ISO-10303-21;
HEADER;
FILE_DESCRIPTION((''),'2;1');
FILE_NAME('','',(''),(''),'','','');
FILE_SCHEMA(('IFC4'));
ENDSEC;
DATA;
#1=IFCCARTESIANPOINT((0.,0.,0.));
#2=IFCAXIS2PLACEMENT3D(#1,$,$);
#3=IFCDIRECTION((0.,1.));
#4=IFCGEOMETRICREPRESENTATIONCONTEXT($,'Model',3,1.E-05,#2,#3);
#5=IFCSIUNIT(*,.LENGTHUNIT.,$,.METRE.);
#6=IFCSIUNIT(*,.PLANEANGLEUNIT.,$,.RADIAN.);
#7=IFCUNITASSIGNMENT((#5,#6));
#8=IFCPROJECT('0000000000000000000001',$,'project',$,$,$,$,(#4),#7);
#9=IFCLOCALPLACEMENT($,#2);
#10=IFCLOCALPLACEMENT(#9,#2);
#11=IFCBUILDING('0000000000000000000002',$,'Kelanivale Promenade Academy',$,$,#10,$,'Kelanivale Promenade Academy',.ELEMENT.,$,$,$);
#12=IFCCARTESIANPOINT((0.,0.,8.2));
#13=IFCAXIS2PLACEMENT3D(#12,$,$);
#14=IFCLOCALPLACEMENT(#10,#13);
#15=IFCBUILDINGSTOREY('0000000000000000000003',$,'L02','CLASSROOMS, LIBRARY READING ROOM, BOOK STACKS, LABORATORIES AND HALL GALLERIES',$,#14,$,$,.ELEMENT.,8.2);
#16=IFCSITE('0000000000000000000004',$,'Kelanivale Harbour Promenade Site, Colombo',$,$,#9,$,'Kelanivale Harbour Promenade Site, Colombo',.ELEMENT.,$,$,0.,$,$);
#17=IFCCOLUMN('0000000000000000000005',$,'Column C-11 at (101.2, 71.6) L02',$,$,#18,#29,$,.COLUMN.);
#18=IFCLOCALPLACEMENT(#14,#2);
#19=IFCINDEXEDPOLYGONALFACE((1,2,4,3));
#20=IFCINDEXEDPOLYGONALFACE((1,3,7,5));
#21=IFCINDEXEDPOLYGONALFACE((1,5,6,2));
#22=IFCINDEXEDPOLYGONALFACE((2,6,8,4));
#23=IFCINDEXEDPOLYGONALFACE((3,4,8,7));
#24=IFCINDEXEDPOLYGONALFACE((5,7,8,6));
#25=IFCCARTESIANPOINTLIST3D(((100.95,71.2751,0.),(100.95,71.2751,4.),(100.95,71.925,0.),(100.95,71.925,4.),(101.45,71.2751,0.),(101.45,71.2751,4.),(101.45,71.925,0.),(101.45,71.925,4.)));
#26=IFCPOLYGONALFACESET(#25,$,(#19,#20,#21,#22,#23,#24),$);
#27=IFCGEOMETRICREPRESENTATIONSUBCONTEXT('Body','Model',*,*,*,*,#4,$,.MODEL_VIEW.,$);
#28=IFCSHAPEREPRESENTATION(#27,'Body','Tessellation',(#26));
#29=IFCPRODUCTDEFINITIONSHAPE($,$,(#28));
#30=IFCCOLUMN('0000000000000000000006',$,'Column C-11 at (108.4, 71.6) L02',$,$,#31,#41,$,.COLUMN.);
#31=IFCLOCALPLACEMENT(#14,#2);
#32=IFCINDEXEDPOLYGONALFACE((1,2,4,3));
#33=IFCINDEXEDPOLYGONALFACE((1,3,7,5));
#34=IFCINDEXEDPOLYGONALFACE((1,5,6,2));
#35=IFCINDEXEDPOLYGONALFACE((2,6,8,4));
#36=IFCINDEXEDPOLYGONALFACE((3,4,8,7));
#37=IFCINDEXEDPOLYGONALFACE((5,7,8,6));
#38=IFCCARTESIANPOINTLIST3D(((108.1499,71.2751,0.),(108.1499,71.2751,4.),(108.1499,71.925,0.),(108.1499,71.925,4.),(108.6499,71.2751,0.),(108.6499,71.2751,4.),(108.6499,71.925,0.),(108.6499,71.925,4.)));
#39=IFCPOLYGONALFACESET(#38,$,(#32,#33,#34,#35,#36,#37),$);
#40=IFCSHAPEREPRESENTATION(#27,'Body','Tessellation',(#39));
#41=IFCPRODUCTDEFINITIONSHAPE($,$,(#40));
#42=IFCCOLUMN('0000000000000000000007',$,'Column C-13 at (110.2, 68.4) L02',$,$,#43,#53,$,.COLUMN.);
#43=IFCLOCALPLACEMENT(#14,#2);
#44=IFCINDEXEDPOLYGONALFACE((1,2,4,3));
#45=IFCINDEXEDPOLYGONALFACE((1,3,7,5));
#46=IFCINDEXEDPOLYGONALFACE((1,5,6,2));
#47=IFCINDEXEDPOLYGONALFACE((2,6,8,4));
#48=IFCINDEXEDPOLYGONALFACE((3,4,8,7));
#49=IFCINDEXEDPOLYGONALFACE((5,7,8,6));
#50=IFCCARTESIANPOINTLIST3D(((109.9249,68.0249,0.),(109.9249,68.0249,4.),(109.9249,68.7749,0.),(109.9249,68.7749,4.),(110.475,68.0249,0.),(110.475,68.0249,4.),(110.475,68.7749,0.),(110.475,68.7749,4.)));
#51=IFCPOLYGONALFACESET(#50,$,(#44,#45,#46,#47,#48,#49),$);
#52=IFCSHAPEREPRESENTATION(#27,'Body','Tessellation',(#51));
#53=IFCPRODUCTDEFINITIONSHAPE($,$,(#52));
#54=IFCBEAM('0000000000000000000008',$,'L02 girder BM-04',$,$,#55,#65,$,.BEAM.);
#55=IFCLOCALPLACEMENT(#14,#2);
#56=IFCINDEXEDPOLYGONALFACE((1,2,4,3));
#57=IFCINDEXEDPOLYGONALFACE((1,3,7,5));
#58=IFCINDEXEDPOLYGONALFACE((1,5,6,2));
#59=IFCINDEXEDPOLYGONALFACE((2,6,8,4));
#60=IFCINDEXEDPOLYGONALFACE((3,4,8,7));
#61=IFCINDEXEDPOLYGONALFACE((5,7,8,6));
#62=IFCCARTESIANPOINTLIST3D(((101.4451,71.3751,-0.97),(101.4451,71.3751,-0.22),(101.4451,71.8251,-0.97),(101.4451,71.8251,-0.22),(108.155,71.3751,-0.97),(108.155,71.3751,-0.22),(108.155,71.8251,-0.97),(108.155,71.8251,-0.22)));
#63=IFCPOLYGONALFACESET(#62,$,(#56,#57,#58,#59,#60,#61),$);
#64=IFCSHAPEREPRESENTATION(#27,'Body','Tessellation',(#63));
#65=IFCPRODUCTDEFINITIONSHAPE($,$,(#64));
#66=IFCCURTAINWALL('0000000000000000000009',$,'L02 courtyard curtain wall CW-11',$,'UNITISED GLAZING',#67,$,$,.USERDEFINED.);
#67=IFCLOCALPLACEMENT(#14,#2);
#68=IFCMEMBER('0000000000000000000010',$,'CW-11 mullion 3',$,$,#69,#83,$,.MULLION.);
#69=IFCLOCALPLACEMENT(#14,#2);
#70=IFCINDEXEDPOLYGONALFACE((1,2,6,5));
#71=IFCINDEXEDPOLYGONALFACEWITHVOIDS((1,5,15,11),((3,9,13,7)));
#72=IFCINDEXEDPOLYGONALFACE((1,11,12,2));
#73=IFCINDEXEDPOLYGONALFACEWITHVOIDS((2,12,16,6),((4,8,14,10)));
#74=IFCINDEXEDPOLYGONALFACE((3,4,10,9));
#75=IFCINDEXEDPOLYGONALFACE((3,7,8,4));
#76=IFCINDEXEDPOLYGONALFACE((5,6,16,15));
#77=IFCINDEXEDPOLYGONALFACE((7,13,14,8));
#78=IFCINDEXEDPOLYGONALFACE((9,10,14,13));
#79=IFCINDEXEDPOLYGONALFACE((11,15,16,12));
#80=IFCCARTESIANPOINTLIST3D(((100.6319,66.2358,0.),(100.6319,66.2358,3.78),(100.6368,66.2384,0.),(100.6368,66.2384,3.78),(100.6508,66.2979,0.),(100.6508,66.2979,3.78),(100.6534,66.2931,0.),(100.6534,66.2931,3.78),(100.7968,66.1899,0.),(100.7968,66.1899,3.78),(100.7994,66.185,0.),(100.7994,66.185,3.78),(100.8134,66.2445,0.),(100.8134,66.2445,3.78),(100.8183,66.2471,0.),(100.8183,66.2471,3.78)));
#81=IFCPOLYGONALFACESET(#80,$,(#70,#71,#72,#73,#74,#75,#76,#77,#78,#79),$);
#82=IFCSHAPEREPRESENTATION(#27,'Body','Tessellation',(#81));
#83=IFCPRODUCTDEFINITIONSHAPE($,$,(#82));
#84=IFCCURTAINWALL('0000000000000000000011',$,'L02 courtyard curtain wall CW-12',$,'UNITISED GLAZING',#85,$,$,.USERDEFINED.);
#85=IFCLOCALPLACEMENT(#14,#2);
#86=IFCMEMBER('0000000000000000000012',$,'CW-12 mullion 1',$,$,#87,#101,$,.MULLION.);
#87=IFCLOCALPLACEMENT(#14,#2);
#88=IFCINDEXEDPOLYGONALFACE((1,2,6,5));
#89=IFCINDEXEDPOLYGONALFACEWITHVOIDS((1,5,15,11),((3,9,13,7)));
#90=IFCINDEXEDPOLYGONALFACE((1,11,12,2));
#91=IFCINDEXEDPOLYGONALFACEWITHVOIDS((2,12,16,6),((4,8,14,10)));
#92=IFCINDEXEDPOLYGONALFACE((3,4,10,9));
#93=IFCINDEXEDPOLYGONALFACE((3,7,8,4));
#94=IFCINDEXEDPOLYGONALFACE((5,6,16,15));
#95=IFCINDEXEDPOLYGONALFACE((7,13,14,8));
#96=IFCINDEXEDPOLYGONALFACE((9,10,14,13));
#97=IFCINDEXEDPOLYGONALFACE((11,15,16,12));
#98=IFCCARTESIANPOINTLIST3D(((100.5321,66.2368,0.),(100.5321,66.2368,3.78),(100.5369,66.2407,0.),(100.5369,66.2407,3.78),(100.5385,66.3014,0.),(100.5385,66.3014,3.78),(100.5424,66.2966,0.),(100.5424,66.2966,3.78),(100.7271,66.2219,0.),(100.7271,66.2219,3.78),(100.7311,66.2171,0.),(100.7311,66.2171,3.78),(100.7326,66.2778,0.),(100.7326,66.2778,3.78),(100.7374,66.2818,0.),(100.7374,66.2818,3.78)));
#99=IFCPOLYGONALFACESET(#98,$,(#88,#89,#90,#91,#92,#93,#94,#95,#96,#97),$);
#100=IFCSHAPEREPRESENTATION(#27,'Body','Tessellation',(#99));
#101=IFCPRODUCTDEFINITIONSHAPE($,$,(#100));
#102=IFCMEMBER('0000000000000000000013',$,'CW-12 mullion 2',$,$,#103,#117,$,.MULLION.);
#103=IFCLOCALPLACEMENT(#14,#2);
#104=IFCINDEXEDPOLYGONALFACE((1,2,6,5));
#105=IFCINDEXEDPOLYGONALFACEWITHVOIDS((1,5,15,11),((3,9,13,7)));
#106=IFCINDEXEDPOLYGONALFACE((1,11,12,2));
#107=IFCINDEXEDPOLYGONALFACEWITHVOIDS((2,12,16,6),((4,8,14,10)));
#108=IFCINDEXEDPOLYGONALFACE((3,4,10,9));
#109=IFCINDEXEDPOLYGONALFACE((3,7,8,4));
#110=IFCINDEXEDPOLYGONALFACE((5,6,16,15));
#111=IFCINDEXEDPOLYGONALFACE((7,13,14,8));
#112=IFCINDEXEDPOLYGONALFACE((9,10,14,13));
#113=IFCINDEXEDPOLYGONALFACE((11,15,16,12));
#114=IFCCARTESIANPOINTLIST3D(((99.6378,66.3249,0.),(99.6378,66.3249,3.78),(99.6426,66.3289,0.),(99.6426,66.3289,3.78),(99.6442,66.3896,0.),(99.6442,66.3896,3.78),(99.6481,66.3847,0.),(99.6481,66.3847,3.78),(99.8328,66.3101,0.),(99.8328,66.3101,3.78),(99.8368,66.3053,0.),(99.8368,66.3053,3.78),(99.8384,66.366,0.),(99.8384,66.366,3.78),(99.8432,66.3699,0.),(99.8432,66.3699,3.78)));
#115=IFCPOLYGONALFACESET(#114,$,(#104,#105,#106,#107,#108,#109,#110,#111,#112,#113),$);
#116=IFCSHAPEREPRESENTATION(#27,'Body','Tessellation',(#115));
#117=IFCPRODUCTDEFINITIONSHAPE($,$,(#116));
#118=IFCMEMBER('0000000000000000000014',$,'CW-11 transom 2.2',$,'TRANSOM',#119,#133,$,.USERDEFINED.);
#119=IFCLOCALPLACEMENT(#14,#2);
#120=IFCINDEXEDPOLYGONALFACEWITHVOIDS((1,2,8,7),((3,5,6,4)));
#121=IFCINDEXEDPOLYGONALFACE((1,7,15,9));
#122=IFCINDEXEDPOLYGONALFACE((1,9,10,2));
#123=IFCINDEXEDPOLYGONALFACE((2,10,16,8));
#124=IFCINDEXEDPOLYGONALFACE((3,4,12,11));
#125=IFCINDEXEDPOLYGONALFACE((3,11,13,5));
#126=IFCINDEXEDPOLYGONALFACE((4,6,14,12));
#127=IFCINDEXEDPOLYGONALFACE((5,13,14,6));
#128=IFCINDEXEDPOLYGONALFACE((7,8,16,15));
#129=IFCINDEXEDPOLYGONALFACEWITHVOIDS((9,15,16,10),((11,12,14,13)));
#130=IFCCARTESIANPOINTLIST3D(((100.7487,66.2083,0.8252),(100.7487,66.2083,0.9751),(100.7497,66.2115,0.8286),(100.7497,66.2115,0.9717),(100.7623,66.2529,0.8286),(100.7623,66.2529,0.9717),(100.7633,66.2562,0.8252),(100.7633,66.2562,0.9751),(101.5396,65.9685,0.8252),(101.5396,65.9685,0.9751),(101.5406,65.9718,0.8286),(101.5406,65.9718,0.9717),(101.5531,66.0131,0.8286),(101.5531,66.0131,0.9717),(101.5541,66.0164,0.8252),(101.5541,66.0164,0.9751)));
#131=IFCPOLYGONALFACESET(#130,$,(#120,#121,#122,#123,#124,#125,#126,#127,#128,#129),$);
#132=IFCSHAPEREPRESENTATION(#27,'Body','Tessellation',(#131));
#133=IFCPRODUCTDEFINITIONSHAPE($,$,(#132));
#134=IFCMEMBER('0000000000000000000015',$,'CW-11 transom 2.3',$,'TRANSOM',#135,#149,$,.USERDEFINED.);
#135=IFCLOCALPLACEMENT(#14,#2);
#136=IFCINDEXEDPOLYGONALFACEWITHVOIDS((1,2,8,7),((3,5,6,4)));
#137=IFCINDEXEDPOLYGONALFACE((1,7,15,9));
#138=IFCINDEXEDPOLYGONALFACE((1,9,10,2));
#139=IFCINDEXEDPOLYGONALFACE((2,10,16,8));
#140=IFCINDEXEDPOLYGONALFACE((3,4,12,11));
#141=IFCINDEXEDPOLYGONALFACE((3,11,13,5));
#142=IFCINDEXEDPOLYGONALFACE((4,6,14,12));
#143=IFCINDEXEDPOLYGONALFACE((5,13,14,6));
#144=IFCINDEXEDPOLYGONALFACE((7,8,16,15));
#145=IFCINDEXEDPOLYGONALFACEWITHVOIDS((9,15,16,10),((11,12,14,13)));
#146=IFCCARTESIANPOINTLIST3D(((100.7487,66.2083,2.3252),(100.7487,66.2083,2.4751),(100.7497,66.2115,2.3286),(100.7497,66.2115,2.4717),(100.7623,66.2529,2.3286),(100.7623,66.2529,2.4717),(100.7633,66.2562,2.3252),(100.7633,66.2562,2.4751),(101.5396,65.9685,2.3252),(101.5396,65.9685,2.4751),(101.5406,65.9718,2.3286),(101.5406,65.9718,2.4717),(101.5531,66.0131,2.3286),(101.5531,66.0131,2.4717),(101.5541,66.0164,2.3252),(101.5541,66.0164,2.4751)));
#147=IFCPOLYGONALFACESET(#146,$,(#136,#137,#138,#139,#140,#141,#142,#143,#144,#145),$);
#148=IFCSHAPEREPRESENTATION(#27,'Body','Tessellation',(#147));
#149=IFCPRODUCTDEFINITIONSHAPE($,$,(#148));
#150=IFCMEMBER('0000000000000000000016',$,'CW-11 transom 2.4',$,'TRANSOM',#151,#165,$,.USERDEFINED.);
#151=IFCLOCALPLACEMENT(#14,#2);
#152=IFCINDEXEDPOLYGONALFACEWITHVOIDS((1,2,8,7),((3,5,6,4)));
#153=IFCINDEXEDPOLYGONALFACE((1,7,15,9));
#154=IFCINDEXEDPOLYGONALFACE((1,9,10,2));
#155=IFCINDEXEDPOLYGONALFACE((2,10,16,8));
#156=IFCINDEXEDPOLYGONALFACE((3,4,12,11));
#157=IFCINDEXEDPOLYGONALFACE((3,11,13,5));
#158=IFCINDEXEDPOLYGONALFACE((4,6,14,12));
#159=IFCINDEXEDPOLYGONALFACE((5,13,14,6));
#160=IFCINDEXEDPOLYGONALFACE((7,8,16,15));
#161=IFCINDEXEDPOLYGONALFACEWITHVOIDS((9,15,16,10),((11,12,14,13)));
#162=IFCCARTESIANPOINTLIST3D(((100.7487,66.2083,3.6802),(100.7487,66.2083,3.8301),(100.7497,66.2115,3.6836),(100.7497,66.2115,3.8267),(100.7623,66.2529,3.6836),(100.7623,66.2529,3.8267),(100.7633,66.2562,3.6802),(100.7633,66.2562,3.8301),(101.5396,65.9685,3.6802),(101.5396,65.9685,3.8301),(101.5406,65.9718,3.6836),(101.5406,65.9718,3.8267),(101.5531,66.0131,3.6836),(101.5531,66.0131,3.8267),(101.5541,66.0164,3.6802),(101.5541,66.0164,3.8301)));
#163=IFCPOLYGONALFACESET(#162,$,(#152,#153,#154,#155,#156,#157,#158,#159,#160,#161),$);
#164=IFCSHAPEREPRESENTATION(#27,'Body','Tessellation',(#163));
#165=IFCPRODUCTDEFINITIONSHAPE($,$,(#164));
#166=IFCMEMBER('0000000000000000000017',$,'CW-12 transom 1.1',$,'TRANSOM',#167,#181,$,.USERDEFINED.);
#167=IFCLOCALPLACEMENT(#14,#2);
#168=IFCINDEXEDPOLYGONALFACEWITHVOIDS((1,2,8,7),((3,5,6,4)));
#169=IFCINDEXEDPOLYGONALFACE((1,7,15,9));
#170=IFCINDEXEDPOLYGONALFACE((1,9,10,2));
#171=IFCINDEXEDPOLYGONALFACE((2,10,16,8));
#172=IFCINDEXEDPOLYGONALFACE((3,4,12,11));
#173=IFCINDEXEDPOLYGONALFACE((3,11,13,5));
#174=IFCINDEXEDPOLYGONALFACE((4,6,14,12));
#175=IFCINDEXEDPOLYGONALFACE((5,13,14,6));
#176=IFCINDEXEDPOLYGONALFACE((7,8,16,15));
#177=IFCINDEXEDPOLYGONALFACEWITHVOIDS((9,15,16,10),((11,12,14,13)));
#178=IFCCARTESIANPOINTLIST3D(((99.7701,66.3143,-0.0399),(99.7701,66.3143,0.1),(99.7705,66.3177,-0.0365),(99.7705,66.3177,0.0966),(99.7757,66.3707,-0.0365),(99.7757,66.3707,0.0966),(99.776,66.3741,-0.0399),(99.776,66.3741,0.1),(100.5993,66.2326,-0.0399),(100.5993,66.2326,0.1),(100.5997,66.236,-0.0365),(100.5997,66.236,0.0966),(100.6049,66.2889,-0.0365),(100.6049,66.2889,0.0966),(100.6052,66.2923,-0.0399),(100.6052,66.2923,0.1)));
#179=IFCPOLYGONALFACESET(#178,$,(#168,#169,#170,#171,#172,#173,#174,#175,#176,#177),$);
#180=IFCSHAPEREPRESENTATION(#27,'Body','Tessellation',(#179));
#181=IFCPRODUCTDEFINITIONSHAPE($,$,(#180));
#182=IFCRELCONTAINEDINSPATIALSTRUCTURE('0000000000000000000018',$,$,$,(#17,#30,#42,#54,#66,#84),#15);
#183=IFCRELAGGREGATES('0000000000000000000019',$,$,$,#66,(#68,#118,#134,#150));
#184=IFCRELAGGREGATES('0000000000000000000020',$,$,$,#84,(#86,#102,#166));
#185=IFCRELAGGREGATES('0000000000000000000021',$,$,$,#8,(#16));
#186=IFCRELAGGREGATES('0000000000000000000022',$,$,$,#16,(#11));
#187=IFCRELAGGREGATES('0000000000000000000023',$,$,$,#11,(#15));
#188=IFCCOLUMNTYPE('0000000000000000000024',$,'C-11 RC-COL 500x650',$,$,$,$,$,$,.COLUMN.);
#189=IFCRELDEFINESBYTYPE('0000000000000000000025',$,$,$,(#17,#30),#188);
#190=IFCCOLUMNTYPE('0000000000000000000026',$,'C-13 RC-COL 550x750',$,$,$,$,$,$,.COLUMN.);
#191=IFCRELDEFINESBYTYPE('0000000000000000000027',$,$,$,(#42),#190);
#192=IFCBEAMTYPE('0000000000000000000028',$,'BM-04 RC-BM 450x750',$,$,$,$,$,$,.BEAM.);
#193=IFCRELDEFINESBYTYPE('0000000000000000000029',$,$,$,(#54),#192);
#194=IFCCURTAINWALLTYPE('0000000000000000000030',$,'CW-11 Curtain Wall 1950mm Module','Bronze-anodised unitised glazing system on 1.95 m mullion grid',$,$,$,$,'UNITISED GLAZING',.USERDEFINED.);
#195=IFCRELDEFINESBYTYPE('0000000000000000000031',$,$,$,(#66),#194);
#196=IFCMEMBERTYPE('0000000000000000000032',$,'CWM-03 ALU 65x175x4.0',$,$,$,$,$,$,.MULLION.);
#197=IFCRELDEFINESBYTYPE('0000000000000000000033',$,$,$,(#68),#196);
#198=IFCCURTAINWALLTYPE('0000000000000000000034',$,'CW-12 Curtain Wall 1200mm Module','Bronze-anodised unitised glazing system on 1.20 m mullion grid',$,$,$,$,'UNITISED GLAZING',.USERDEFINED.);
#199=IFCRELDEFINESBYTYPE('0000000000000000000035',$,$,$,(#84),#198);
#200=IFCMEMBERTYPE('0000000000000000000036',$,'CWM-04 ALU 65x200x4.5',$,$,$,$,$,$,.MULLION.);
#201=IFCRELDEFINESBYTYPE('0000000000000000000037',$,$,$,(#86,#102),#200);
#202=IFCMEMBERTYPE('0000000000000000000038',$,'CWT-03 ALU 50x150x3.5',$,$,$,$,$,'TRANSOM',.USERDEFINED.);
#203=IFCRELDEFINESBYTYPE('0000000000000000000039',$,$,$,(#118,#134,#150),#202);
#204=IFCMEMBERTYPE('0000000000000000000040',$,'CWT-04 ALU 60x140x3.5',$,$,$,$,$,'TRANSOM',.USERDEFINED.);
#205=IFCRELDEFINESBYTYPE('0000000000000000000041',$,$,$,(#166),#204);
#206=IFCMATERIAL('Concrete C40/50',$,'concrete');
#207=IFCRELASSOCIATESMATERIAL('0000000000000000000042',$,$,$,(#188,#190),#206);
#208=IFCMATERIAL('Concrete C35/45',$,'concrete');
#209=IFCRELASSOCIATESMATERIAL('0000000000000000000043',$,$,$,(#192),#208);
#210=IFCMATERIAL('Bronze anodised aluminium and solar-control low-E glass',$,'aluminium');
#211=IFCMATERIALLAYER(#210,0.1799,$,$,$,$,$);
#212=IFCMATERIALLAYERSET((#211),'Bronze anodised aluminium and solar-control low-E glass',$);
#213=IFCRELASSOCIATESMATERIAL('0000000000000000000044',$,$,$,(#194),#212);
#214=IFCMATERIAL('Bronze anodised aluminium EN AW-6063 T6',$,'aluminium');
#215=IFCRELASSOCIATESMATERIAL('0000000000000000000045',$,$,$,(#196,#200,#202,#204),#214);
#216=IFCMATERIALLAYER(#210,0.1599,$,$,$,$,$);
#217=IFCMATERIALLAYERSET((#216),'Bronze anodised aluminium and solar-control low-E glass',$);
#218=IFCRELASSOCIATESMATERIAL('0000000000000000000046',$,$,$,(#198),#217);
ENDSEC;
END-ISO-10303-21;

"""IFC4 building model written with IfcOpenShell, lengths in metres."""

from ifc_helpers import new_model, si_unit, direction, frame, origin, origin_2d, place, context, subcontext, project, spatial, rectangle, hollow_rectangle, extrude, material, layer, layer_set, material_profile, profile_set, type_object, element, aggregate, save


model = new_model("IFC4")

# Units and contexts
model_context = context("Model", 3, precision=1e-05, world=origin(), true_north=direction((0.0, 1.0)))
body_context = subcontext(model_context, "Body", "Model", "MODEL_VIEW")
ifc_project = project(units=[si_unit("LENGTHUNIT", "METRE"), si_unit("PLANEANGLEUNIT", "RADIAN")], contexts=[model_context])

# Site, building, storey
site_placement = place(None, origin())
site = spatial("IfcSite", under=ifc_project, at=site_placement, Name="Kelanivale Harbour Promenade Site, Colombo", LongName="Kelanivale Harbour Promenade Site, Colombo", CompositionType="ELEMENT", RefElevation=0.0)
building_placement = place(site_placement, origin())
building = spatial("IfcBuilding", under=site, at=building_placement, Name="Kelanivale Promenade Academy", LongName="Kelanivale Promenade Academy", CompositionType="ELEMENT")
storey_placement = place(building_placement, frame((0.0, 0.0, 8.2)))
storey = spatial("IfcBuildingStorey", under=building, at=storey_placement, Name="L02", Description="CLASSROOMS, LIBRARY READING ROOM, BOOK STACKS, LABORATORIES AND HALL GALLERIES", CompositionType="ELEMENT", Elevation=8.2)

# Columns
ifc_material_1 = material(Name="Concrete C40/50", Category="concrete")
ifc_material_profile_1 = material_profile(ifc_material_1, rectangle(XDim=0.5, YDim=0.6499, at=origin_2d()), Name="RC-COL 500x650")
ifc_profile_set_1 = profile_set([ifc_material_profile_1], Name="Concrete C40/50")
column_type_1 = type_object("IfcColumnType", Name="C-11 RC-COL 500x650", PredefinedType="COLUMN", material=ifc_profile_set_1)
for number, where, z_axis, x_axis, name in (
    (1, (101.2, 71.6001, 0.0), (0.0, 0.0, 1.0), (1.0, 0.0, 0.0), "Column C-11 at (101.2, 71.6) L02"),
    (2, (108.3999, 71.6001, 0.0), (0.0, 0.0, 1.0), (1.0, 0.0, 0.0), "Column C-11 at (108.4, 71.6) L02"),
):
    element("IfcColumn", number, at=place(storey_placement, frame(where, z_axis=z_axis, x_axis=x_axis)), inside=storey, type_object=column_type_1, Name=name, PredefinedType="COLUMN", context=body_context, shape_type="SweptSolid", body=[
        extrude(rectangle(XDim=0.5, YDim=0.6499, at=origin_2d()), origin(), (0.0, 0.0, 1.0), 4.0),
    ])
ifc_material_profile_2 = material_profile(ifc_material_1, rectangle(XDim=0.55, YDim=0.75, at=origin_2d()), Name="RC-COL 550x750")
ifc_profile_set_2 = profile_set([ifc_material_profile_2], Name="Concrete C40/50")
column_type_2 = type_object("IfcColumnType", Name="C-13 RC-COL 550x750", PredefinedType="COLUMN", material=ifc_profile_set_2)
column_placement = place(storey_placement, frame((110.2, 68.3999, 0.0), z_axis=(0.0, 0.0, 1.0), x_axis=(1.0, 0.0, 0.0)))
element("IfcColumn", 3, at=column_placement, inside=storey, type_object=column_type_2, Name="Column C-13 at (110.2, 68.4) L02", PredefinedType="COLUMN", context=body_context, shape_type="SweptSolid", body=[
    extrude(rectangle(XDim=0.55, YDim=0.75, at=origin_2d()), origin(), (0.0, 0.0, 1.0), 4.0),
])

# Beam
ifc_material_2 = material(Name="Concrete C35/45", Category="concrete")
ifc_material_profile_3 = material_profile(ifc_material_2, rectangle(XDim=0.45, YDim=0.75, at=origin_2d()), Name="RC-BM 450x750")
ifc_profile_set_3 = profile_set([ifc_material_profile_3], Name="Concrete C35/45")
beam_type = type_object("IfcBeamType", Name="BM-04 RC-BM 450x750", PredefinedType="BEAM", material=ifc_profile_set_3)
beam_placement = place(storey_placement, frame((101.4451, 71.6001, -0.595), z_axis=(1.0, 0.0, 0.0), x_axis=(0.0, 1.0, 0.0)))
element("IfcBeam", 4, at=beam_placement, inside=storey, type_object=beam_type, Name="L02 girder BM-04", PredefinedType="BEAM", context=body_context, shape_type="SweptSolid", body=[
    extrude(rectangle(XDim=0.45, YDim=0.75, at=origin_2d()), origin(), (0.0, 0.0, 1.0), 6.71),
])

# Curtain wall, member
ifc_material_3 = material(Name="Bronze anodised aluminium and solar-control low-E glass", Category="aluminium")
ifc_layer_1 = layer(ifc_material_3, 0.1799)
ifc_layer_set_1 = layer_set([ifc_layer_1], Name="Bronze anodised aluminium and solar-control low-E glass")
curtain_wall_type_1 = type_object("IfcCurtainWallType", Name="CW-11 Curtain Wall 1950mm Module", Description="Bronze-anodised unitised glazing system on 1.95 m mullion grid", ElementType="UNITISED GLAZING", PredefinedType="USERDEFINED", material=ifc_layer_set_1)
curtain_wall_1_placement = place(storey_placement, origin())
curtain_wall_1 = element("IfcCurtainWall", 5, at=curtain_wall_1_placement, inside=storey, type_object=curtain_wall_type_1, Name="L02 courtyard curtain wall CW-11", ObjectType="UNITISED GLAZING", PredefinedType="USERDEFINED")
ifc_material_4 = material(Name="Bronze anodised aluminium EN AW-6063 T6", Category="aluminium")
ifc_material_profile_4 = material_profile(ifc_material_4, hollow_rectangle(XDim=0.0649, YDim=0.175, WallThickness=0.0039, at=origin_2d()), Name="ALU 65x175x4.0")
ifc_profile_set_4 = profile_set([ifc_material_profile_4], Name="Bronze anodised aluminium EN AW-6063 T6")
member_type_1 = type_object("IfcMemberType", Name="CWM-03 ALU 65x175x4.0", PredefinedType="MULLION", material=ifc_profile_set_4)
member_1_placement = place(storey_placement, frame((100.7251, 66.2415, 0.0), z_axis=(0.0, 0.0, 1.0), x_axis=(-0.290128, -0.956988, 0.0)))
member_1 = element("IfcMember", 6, at=member_1_placement, type_object=member_type_1, Name="CW-11 mullion 3", PredefinedType="MULLION", context=body_context, shape_type="SweptSolid", body=[
    extrude(hollow_rectangle(XDim=0.0649, YDim=0.175, WallThickness=0.0039, at=origin_2d()), origin(), (0.0, 0.0, 1.0), 3.78),
])

# Curtain wall, members
ifc_layer_2 = layer(ifc_material_3, 0.1599)
ifc_layer_set_2 = layer_set([ifc_layer_2], Name="Bronze anodised aluminium and solar-control low-E glass")
curtain_wall_type_2 = type_object("IfcCurtainWallType", Name="CW-12 Curtain Wall 1200mm Module", Description="Bronze-anodised unitised glazing system on 1.20 m mullion grid", ElementType="UNITISED GLAZING", PredefinedType="USERDEFINED", material=ifc_layer_set_2)
curtain_wall_2_placement = place(storey_placement, origin())
curtain_wall_2 = element("IfcCurtainWall", 7, at=curtain_wall_2_placement, inside=storey, type_object=curtain_wall_type_2, Name="L02 courtyard curtain wall CW-12", ObjectType="UNITISED GLAZING", PredefinedType="USERDEFINED")
ifc_material_profile_5 = material_profile(ifc_material_4, hollow_rectangle(XDim=0.0649, YDim=0.2, WallThickness=0.0044, at=origin_2d()), Name="ALU 65x200x4.5")
ifc_profile_set_5 = profile_set([ifc_material_profile_5], Name="Bronze anodised aluminium EN AW-6063 T6")
member_type_2 = type_object("IfcMemberType", Name="CWM-04 ALU 65x200x4.5", PredefinedType="MULLION", material=ifc_profile_set_5)
member_2_placement = place(storey_placement, frame((100.6348, 66.2593, 0.0), z_axis=(0.0, 0.0, 1.0), x_axis=(-0.098281, -0.995159, 0.0)))
member_2 = element("IfcMember", 8, at=member_2_placement, type_object=member_type_2, Name="CW-12 mullion 1", PredefinedType="MULLION", context=body_context, shape_type="SweptSolid", body=[
    extrude(hollow_rectangle(XDim=0.0649, YDim=0.2, WallThickness=0.0044, at=origin_2d()), origin(), (0.0, 0.0, 1.0), 3.78),
])
member_3_placement = place(storey_placement, frame((99.7405, 66.3474, 0.0), z_axis=(0.0, 0.0, 1.0), x_axis=(-0.098281, -0.995159, 0.0)))
member_3 = element("IfcMember", 9, at=member_3_placement, type_object=member_type_2, Name="CW-12 mullion 2", PredefinedType="MULLION", context=body_context, shape_type="SweptSolid", body=[
    extrude(hollow_rectangle(XDim=0.0649, YDim=0.2, WallThickness=0.0044, at=origin_2d()), origin(), (0.0, 0.0, 1.0), 3.78),
])

# Members
ifc_material_profile_6 = material_profile(ifc_material_4, hollow_rectangle(XDim=0.05, YDim=0.1499, WallThickness=0.0034, at=origin_2d()), Name="ALU 50x150x3.5")
ifc_profile_set_6 = profile_set([ifc_material_profile_6], Name="Bronze anodised aluminium EN AW-6063 T6")
member_type_3 = type_object("IfcMemberType", Name="CWT-03 ALU 50x150x3.5", ElementType="TRANSOM", PredefinedType="USERDEFINED", material=ifc_profile_set_6)
member_4_placement = place(storey_placement, frame((101.5469, 65.9924, 0.9001), z_axis=(-0.956985, 0.290139, 0.0), x_axis=(-0.290139, -0.956985, 0.0)))
member_4 = element("IfcMember", 10, at=member_4_placement, type_object=member_type_3, Name="CW-11 transom 2.2", ObjectType="TRANSOM", PredefinedType="USERDEFINED", context=body_context, shape_type="SweptSolid", body=[
    extrude(hollow_rectangle(XDim=0.05, YDim=0.1499, WallThickness=0.0034, at=origin_2d()), origin(), (0.0, 0.0, 1.0), 0.8264),
])
member_5_placement = place(storey_placement, frame((101.5469, 65.9924, 2.4001), z_axis=(-0.956985, 0.290139, 0.0), x_axis=(-0.290139, -0.956985, 0.0)))
member_5 = element("IfcMember", 11, at=member_5_placement, type_object=member_type_3, Name="CW-11 transom 2.3", ObjectType="TRANSOM", PredefinedType="USERDEFINED", context=body_context, shape_type="SweptSolid", body=[
    extrude(hollow_rectangle(XDim=0.05, YDim=0.1499, WallThickness=0.0034, at=origin_2d()), origin(), (0.0, 0.0, 1.0), 0.8264),
])
member_6_placement = place(storey_placement, frame((101.5469, 65.9924, 3.7551), z_axis=(-0.956985, 0.290139, 0.0), x_axis=(-0.290139, -0.956985, 0.0)))
member_6 = element("IfcMember", 12, at=member_6_placement, type_object=member_type_3, Name="CW-11 transom 2.4", ObjectType="TRANSOM", PredefinedType="USERDEFINED", context=body_context, shape_type="SweptSolid", body=[
    extrude(hollow_rectangle(XDim=0.05, YDim=0.1499, WallThickness=0.0034, at=origin_2d()), origin(), (0.0, 0.0, 1.0), 0.8264),
])
ifc_material_profile_7 = material_profile(ifc_material_4, hollow_rectangle(XDim=0.0601, YDim=0.1399, WallThickness=0.0034, at=origin_2d()), Name="ALU 60x140x3.5")
ifc_profile_set_7 = profile_set([ifc_material_profile_7], Name="Bronze anodised aluminium EN AW-6063 T6")
member_type_4 = type_object("IfcMemberType", Name="CWT-04 ALU 60x140x3.5", ElementType="TRANSOM", PredefinedType="USERDEFINED", material=ifc_profile_set_7)
member_7_placement = place(storey_placement, frame((100.6023, 66.2625, 0.03), z_axis=(-0.995173, 0.09814, 0.0), x_axis=(-0.09814, -0.995173, 0.0)))
member_7 = element("IfcMember", 13, at=member_7_placement, type_object=member_type_4, Name="CW-12 transom 1.1", ObjectType="TRANSOM", PredefinedType="USERDEFINED", context=body_context, shape_type="SweptSolid", body=[
    extrude(hollow_rectangle(XDim=0.0601, YDim=0.1399, WallThickness=0.0034, at=origin_2d()), origin(), (0.0, 0.0, 1.0), 0.8333),
])

aggregate(curtain_wall_1, [member_1, member_4, member_5, member_6])
aggregate(curtain_wall_2, [member_2, member_3, member_7])

save(model, "model.ifc")
